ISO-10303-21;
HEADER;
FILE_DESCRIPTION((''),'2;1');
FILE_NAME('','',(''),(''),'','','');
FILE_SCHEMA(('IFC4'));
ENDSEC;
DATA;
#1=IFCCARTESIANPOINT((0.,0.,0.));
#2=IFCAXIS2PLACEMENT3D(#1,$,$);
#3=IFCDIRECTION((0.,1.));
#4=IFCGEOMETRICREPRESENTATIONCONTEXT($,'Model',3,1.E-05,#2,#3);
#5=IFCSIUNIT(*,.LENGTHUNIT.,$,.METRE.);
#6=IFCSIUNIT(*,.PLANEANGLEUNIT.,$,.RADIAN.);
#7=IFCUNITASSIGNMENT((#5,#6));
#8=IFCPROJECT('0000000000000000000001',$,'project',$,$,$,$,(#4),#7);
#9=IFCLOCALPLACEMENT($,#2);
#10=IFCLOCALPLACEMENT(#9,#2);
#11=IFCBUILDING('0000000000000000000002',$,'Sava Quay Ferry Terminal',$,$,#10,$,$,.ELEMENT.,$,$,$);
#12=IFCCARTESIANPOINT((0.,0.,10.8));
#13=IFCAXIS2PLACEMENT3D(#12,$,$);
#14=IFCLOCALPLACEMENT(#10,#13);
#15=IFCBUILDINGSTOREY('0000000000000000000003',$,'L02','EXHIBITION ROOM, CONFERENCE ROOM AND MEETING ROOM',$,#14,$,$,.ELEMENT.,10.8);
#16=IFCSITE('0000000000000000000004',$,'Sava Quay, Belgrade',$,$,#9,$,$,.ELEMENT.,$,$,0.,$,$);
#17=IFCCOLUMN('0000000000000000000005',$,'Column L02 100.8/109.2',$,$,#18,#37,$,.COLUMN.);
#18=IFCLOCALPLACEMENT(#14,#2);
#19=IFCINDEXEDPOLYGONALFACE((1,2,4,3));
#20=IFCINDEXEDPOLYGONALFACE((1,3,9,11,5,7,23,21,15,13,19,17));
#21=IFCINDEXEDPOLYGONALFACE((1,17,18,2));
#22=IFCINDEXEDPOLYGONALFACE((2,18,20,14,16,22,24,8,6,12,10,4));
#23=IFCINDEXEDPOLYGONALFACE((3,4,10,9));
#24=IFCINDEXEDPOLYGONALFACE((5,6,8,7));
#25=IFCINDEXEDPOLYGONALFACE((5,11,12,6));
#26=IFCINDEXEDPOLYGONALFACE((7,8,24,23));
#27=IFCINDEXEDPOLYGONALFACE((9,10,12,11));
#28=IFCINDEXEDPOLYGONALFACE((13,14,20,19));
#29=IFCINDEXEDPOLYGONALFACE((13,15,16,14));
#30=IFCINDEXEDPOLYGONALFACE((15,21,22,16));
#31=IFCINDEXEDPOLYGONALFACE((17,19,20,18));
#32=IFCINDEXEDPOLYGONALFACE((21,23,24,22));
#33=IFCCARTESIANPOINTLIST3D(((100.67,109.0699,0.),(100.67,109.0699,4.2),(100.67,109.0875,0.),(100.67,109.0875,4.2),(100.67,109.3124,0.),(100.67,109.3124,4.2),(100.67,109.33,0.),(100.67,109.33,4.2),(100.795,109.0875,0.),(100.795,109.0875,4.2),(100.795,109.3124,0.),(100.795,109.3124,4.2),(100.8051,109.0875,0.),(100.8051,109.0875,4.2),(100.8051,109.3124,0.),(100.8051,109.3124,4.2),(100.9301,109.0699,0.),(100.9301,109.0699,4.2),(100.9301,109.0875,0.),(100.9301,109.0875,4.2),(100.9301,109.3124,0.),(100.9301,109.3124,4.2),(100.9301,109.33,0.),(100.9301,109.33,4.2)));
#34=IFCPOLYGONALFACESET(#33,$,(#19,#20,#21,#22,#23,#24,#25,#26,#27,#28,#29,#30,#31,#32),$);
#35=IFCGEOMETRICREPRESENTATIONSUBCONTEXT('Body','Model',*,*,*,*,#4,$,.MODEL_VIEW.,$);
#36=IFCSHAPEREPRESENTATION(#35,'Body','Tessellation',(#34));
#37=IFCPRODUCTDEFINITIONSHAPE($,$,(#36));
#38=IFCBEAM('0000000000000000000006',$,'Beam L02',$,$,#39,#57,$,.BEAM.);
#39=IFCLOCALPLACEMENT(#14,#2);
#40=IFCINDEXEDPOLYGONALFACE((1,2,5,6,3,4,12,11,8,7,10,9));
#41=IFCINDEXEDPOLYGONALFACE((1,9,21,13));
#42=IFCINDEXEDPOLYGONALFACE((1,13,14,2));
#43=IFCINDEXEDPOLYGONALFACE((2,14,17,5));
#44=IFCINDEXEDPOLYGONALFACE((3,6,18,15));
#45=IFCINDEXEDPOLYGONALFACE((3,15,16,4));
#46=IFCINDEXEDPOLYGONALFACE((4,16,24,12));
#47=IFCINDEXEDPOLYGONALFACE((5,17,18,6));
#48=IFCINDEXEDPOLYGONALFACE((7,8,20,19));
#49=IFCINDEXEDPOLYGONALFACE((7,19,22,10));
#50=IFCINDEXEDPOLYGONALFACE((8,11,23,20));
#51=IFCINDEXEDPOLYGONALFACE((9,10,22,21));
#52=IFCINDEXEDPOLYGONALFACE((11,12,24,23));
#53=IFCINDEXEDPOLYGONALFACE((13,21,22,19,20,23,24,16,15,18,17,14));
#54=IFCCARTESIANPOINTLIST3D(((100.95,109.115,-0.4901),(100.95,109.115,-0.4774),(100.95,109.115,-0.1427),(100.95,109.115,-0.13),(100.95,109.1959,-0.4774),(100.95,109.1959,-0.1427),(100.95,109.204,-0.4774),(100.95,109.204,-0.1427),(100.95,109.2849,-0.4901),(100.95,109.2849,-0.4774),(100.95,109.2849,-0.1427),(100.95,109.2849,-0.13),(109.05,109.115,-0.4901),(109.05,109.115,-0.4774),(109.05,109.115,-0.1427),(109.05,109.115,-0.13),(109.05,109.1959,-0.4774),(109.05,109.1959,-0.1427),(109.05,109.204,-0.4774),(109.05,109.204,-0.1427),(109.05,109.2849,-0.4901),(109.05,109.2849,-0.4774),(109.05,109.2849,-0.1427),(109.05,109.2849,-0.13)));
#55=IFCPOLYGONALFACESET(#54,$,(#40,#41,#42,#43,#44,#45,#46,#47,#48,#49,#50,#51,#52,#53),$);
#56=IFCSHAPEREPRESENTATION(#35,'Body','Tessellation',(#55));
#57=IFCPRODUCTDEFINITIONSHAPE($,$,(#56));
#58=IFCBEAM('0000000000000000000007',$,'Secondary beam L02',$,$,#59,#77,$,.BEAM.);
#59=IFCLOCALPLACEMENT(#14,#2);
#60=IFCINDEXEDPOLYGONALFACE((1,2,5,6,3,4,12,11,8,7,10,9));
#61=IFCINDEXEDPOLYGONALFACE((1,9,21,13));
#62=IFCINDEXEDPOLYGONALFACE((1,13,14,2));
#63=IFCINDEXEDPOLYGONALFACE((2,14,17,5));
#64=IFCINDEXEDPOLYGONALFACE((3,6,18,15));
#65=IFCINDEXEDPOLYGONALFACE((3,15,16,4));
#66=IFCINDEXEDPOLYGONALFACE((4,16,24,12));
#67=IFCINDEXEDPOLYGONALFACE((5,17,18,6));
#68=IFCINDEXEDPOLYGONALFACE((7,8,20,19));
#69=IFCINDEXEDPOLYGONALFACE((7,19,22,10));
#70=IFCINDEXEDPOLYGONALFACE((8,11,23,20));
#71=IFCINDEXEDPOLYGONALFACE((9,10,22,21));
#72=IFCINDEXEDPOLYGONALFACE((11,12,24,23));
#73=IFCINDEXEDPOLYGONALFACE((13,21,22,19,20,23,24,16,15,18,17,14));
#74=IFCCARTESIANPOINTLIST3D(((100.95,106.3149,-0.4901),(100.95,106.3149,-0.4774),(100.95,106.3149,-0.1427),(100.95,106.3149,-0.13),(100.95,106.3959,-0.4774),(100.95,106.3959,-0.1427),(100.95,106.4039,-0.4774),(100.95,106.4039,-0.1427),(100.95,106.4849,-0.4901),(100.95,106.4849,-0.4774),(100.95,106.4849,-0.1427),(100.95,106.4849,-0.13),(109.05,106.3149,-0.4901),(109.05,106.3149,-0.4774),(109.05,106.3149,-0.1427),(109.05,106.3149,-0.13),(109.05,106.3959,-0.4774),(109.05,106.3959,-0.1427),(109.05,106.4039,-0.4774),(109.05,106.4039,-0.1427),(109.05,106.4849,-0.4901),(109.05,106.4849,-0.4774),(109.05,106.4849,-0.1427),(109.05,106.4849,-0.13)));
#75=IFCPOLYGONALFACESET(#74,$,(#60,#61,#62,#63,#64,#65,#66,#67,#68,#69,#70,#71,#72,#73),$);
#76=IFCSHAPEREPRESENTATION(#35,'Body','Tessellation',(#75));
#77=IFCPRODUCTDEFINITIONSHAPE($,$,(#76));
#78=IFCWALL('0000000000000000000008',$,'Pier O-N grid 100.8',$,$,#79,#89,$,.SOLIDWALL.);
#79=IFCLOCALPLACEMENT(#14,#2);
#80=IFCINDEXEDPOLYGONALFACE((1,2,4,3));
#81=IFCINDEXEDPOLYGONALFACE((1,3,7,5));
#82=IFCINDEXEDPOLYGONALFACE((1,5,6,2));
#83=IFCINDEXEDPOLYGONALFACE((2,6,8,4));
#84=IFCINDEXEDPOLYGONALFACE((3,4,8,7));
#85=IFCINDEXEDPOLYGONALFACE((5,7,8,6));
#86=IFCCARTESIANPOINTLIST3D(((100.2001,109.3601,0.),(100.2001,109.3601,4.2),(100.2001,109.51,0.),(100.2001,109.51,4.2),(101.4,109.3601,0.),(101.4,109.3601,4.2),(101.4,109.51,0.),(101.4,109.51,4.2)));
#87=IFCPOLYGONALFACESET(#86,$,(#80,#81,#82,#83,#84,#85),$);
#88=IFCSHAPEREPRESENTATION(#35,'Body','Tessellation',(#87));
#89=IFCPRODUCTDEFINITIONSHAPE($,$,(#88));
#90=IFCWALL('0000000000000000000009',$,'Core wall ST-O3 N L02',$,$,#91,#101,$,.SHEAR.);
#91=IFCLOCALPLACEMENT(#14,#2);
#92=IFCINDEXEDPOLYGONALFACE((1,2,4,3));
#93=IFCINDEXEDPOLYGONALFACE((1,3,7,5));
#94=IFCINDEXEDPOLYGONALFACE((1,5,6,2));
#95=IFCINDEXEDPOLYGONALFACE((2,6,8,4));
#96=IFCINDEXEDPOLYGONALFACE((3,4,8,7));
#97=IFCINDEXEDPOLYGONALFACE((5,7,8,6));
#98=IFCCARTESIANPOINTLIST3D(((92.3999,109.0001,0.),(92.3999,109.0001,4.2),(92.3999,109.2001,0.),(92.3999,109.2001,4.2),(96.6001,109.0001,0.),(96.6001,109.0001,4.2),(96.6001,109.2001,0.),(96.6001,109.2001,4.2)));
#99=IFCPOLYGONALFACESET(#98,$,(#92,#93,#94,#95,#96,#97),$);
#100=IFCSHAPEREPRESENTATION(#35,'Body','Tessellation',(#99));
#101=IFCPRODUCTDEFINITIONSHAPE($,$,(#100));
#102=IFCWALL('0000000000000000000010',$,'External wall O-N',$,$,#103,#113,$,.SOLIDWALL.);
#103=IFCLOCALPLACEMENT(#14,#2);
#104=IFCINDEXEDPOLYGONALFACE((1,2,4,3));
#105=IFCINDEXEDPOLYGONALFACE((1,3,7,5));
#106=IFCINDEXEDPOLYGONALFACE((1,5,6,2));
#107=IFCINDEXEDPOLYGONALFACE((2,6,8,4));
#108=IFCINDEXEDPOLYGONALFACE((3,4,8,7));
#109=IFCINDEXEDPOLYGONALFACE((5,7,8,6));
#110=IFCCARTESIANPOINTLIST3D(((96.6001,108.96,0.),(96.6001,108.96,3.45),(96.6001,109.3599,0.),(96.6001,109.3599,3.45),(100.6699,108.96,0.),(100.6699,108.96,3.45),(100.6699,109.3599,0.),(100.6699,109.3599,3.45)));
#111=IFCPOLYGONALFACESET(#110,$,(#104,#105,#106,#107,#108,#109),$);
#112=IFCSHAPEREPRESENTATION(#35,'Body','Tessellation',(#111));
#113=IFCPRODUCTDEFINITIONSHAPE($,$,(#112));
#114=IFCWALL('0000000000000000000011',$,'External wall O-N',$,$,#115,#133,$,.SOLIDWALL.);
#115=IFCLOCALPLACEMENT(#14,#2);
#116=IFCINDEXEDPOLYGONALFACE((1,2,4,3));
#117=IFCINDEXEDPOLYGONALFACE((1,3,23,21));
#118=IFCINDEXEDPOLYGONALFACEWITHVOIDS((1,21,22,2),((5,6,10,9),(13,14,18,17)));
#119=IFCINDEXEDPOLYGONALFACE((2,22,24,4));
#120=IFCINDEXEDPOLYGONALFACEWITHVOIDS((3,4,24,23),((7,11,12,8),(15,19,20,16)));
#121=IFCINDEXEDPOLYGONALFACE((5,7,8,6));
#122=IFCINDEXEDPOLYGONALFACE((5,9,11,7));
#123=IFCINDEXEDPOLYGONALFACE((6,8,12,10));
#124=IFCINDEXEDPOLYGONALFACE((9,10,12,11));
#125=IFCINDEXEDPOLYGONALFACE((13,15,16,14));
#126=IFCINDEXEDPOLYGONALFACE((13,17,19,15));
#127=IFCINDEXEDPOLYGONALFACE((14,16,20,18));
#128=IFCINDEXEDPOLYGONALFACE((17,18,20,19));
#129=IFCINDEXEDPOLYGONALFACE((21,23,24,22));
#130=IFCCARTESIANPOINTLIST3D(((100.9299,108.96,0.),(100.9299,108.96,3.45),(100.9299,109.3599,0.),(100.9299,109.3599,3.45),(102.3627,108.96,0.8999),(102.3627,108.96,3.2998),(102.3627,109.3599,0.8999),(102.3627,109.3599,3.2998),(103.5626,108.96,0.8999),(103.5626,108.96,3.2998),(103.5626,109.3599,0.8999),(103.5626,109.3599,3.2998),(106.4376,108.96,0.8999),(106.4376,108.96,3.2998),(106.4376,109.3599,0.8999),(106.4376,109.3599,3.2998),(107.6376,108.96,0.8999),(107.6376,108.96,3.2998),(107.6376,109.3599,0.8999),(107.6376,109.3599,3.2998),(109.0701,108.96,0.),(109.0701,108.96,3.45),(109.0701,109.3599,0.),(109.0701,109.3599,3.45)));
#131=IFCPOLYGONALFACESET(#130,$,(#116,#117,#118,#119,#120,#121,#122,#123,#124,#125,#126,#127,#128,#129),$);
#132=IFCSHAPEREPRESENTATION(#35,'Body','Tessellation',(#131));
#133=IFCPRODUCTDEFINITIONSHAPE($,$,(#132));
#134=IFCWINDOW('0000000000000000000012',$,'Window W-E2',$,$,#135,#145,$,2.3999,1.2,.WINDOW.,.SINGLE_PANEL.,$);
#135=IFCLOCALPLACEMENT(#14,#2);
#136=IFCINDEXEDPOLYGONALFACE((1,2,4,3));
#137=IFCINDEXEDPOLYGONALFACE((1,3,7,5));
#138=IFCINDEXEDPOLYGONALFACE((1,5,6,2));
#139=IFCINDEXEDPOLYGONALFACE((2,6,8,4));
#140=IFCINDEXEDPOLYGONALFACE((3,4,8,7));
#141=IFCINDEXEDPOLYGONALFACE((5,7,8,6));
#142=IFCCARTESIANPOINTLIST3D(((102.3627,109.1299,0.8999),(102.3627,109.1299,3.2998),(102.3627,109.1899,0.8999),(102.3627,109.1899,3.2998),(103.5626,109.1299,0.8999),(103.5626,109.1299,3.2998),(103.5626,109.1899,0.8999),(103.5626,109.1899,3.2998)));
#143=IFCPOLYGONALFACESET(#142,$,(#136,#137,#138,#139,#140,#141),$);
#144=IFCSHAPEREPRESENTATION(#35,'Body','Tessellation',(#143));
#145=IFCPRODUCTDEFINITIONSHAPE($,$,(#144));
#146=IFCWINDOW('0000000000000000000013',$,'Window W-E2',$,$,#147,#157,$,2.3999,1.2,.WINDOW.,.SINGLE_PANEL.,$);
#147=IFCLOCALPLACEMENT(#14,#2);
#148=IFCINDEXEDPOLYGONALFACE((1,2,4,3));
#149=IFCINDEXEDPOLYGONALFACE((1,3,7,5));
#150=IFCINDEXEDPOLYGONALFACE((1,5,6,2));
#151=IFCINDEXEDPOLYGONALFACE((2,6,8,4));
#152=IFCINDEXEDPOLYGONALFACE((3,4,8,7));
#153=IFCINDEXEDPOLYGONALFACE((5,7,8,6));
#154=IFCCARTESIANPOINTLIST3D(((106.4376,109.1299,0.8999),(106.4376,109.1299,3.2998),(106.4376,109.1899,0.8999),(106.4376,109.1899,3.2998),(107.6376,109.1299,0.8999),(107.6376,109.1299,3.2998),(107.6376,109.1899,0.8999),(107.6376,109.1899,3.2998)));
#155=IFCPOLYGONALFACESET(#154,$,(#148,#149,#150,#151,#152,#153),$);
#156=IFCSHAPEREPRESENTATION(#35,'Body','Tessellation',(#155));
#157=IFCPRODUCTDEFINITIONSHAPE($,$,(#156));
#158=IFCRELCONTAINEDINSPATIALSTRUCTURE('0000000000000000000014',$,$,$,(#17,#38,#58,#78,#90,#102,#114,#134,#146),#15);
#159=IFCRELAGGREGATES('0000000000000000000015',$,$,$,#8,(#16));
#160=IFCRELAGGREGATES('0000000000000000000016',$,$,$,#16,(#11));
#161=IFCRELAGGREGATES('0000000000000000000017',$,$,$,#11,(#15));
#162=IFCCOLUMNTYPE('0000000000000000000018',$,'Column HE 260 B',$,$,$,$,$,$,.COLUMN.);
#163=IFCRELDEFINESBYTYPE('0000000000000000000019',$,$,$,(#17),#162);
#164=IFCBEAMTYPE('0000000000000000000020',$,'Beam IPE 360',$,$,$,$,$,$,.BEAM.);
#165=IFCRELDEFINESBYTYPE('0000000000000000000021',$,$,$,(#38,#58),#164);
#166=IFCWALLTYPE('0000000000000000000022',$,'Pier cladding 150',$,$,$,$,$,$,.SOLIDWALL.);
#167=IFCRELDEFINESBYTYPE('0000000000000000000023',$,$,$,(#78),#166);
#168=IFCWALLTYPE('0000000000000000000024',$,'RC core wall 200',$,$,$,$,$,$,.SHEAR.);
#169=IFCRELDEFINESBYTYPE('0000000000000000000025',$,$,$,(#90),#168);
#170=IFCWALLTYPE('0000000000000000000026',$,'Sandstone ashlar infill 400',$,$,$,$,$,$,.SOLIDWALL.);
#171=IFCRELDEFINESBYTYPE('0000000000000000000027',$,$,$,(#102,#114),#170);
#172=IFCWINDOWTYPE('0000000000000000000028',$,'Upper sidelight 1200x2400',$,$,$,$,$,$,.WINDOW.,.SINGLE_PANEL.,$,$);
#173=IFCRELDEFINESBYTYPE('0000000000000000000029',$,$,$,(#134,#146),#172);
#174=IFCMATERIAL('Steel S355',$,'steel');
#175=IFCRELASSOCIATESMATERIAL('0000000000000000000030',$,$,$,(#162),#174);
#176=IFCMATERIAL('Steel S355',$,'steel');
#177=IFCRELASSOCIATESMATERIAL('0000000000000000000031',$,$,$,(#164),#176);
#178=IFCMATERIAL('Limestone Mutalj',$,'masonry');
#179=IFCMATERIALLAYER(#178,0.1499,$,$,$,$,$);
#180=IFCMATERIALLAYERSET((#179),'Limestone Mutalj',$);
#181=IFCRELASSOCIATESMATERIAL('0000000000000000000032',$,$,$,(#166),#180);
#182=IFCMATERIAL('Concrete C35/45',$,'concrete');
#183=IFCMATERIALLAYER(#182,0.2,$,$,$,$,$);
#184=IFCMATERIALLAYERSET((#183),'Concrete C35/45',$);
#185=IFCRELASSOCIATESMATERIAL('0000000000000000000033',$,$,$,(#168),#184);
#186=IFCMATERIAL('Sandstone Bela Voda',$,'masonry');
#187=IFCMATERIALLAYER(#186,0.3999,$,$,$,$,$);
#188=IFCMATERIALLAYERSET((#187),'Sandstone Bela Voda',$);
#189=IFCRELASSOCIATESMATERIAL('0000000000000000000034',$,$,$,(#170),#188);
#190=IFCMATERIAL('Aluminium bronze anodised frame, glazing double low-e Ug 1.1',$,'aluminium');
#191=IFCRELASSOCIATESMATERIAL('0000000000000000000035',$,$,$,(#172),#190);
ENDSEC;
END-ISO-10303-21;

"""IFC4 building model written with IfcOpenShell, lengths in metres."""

from ifc_helpers import new_model, si_unit, direction, frame, frame_2d, origin, origin_2d, place, context, subcontext, project, spatial, rectangle, i_section, extrude, material, layer, layer_set, material_profile, profile_set, type_object, element, fill, save


model = new_model("IFC4")

# Units and contexts
model_context = context("Model", 3, precision=1e-05, world=origin(), true_north=direction((0.0, 1.0)))
body_context = subcontext(model_context, "Body", "Model", "MODEL_VIEW")
ifc_project = project(units=[si_unit("LENGTHUNIT", "METRE"), si_unit("PLANEANGLEUNIT", "RADIAN")], contexts=[model_context])

# Site, building, storey
site_placement = place(None, origin())
site = spatial("IfcSite", under=ifc_project, at=site_placement, Name="Sava Quay, Belgrade", CompositionType="ELEMENT", RefElevation=0.0)
building_placement = place(site_placement, origin())
building = spatial("IfcBuilding", under=site, at=building_placement, Name="Sava Quay Ferry Terminal", CompositionType="ELEMENT")
storey_placement = place(building_placement, frame((0.0, 0.0, 10.8)))
storey = spatial("IfcBuildingStorey", under=building, at=storey_placement, Name="L02", Description="EXHIBITION ROOM, CONFERENCE ROOM AND MEETING ROOM", CompositionType="ELEMENT", Elevation=10.8)

# Column
ifc_material_1 = material(Name="Steel S355", Category="steel")
ifc_material_profile_1 = material_profile(ifc_material_1, i_section(OverallWidth=0.26, OverallDepth=0.26, WebThickness=0.01, FlangeThickness=0.0176, at=origin_2d()), Name="HE 260 B")
ifc_profile_set_1 = profile_set([ifc_material_profile_1], Name="Steel S355")
column_type = type_object("IfcColumnType", Name="Column HE 260 B", PredefinedType="COLUMN", material=ifc_profile_set_1)
column_placement = place(storey_placement, frame((100.8, 109.2, 0.0), z_axis=(0.0, 0.0, 1.0), x_axis=(1.0, 0.0, 0.0)))
element("IfcColumn", 1, at=column_placement, inside=storey, type_object=column_type, Name="Column L02 100.8/109.2", PredefinedType="COLUMN", context=body_context, shape_type="SweptSolid", body=[
    extrude(i_section(OverallWidth=0.26, OverallDepth=0.26, WebThickness=0.01, FlangeThickness=0.0176, at=origin_2d()), origin(), (0.0, 0.0, 1.0), 4.2),
])

# Beams
ifc_material_2 = material(Name="Steel S355", Category="steel")
ifc_material_profile_2 = material_profile(ifc_material_2, i_section(OverallWidth=0.1699, OverallDepth=0.3601, WebThickness=0.0081, FlangeThickness=0.0127, at=origin_2d()), Name="IPE 360")
ifc_profile_set_2 = profile_set([ifc_material_profile_2], Name="Steel S355")
beam_type = type_object("IfcBeamType", Name="Beam IPE 360", PredefinedType="BEAM", material=ifc_profile_set_2)
for number, where, z_axis, x_axis, name in (
    (2, (100.95, 109.2, -0.3101), (1.0, 0.0, 0.0), (0.0, 1.0, 0.0), "Beam L02"),
    (3, (100.95, 106.3999, -0.3101), (1.0, 0.0, 0.0), (0.0, 1.0, 0.0), "Secondary beam L02"),
):
    element("IfcBeam", number, at=place(storey_placement, frame(where, z_axis=z_axis, x_axis=x_axis)), inside=storey, type_object=beam_type, Name=name, PredefinedType="BEAM", context=body_context, shape_type="SweptSolid", body=[
        extrude(i_section(OverallWidth=0.1699, OverallDepth=0.3601, WebThickness=0.0081, FlangeThickness=0.0127, at=origin_2d()), origin(), (0.0, 0.0, 1.0), 8.1001),
    ])

# Walls
ifc_material_3 = material(Name="Limestone Mutalj", Category="masonry")
ifc_layer_1 = layer(ifc_material_3, 0.1499)
ifc_layer_set_1 = layer_set([ifc_layer_1], Name="Limestone Mutalj")
wall_type_1 = type_object("IfcWallType", Name="Pier cladding 150", PredefinedType="SOLIDWALL", material=ifc_layer_set_1)
wall_1_placement = place(storey_placement, frame((100.2, 109.4351, 0.0), z_axis=(0.0, 0.0, 1.0), x_axis=(1.0, 0.0, 0.0)))
element("IfcWall", 4, at=wall_1_placement, inside=storey, type_object=wall_type_1, Name="Pier O-N grid 100.8", PredefinedType="SOLIDWALL", context=body_context, shape_type="SweptSolid", body=[
    extrude(rectangle(XDim=1.2, YDim=0.1499, at=frame_2d((0.6001, 0.0))), origin(), (0.0, 0.0, 1.0), 4.2),
])
ifc_material_4 = material(Name="Concrete C35/45", Category="concrete")
ifc_layer_2 = layer(ifc_material_4, 0.2)
ifc_layer_set_2 = layer_set([ifc_layer_2], Name="Concrete C35/45")
wall_type_2 = type_object("IfcWallType", Name="RC core wall 200", PredefinedType="SHEAR", material=ifc_layer_set_2)
wall_2_placement = place(storey_placement, frame((92.3999, 109.1001, 0.0), z_axis=(0.0, 0.0, 1.0), x_axis=(1.0, 0.0, 0.0)))
element("IfcWall", 5, at=wall_2_placement, inside=storey, type_object=wall_type_2, Name="Core wall ST-O3 N L02", PredefinedType="SHEAR", context=body_context, shape_type="SweptSolid", body=[
    extrude(rectangle(XDim=4.2002, YDim=0.2, at=frame_2d((2.1001, 0.0))), origin(), (0.0, 0.0, 1.0), 4.2),
])
ifc_material_5 = material(Name="Sandstone Bela Voda", Category="masonry")
ifc_layer_3 = layer(ifc_material_5, 0.3999)
ifc_layer_set_3 = layer_set([ifc_layer_3], Name="Sandstone Bela Voda")
wall_type_3 = type_object("IfcWallType", Name="Sandstone ashlar infill 400", PredefinedType="SOLIDWALL", material=ifc_layer_set_3)
wall_3_placement = place(storey_placement, frame((96.6001, 109.1599, 0.0), z_axis=(0.0, 0.0, 1.0), x_axis=(1.0, 0.0, 0.0)))
element("IfcWall", 6, at=wall_3_placement, inside=storey, type_object=wall_type_3, Name="External wall O-N", PredefinedType="SOLIDWALL", context=body_context, shape_type="SweptSolid", body=[
    extrude(rectangle(XDim=4.0698, YDim=0.3999, at=frame_2d((2.0349, 0.0))), origin(), (0.0, 0.0, 1.0), 3.45),
])

# Wall, openings, windows
wall_4_placement = place(storey_placement, frame((100.9299, 109.1599, 0.0), z_axis=(0.0, 0.0, 1.0), x_axis=(1.0, 0.0, 0.0)))
wall_4 = element("IfcWall", 7, at=wall_4_placement, inside=storey, type_object=wall_type_3, Name="External wall O-N", PredefinedType="SOLIDWALL", context=body_context, shape_type="SweptSolid", body=[
    extrude(rectangle(XDim=8.1401, YDim=0.3999, at=frame_2d((4.0701, 0.0))), origin(), (0.0, 0.0, 1.0), 3.45),
])
opening_1_placement = place(wall_4_placement, frame((1.4326, 0.0, 0.8999)))
opening_1 = element("IfcOpeningElement", 8, at=opening_1_placement, cuts=wall_4, PredefinedType="OPENING", context=body_context, shape_type="SweptSolid", body=[
    extrude(rectangle(XDim=1.2, YDim=2.3999, at=frame_2d((0.6001, 1.2))), frame((0.0, 0.2, 0.0), z_axis=(0.0, -1.0, 0.0), x_axis=(1.0, 0.0, 0.0)), (0.0, 0.0, 1.0), 0.3999),
])
opening_2_placement = place(wall_4_placement, frame((5.5076, 0.0, 0.8999)))
opening_2 = element("IfcOpeningElement", 9, at=opening_2_placement, cuts=wall_4, PredefinedType="OPENING", context=body_context, shape_type="SweptSolid", body=[
    extrude(rectangle(XDim=1.2, YDim=2.3999, at=frame_2d((0.6001, 1.2))), frame((0.0, 0.2, 0.0), z_axis=(0.0, -1.0, 0.0), x_axis=(1.0, 0.0, 0.0)), (0.0, 0.0, 1.0), 0.3999),
])
ifc_material_6 = material(Name="Aluminium bronze anodised frame, glazing double low-e Ug 1.1", Category="aluminium")
window_type = type_object("IfcWindowType", Name="Upper sidelight 1200x2400", PartitioningType="SINGLE_PANEL", PredefinedType="WINDOW", material=ifc_material_6)
window_1_placement = place(opening_1_placement, origin())
window_1 = element("IfcWindow", 10, at=window_1_placement, inside=storey, type_object=window_type, Name="Window W-E2", OverallHeight=2.3999, OverallWidth=1.2, PartitioningType="SINGLE_PANEL", PredefinedType="WINDOW", context=body_context, shape_type="SweptSolid", body=[
    extrude(rectangle(XDim=1.2, YDim=2.3999, at=frame_2d((0.6001, 1.2))), frame((0.0, 0.03, 0.0), z_axis=(0.0, -1.0, 0.0), x_axis=(1.0, 0.0, 0.0)), (0.0, 0.0, 1.0), 0.0601),
])
fill(opening_1, window_1)
window_2_placement = place(opening_2_placement, origin())
window_2 = element("IfcWindow", 11, at=window_2_placement, inside=storey, type_object=window_type, Name="Window W-E2", OverallHeight=2.3999, OverallWidth=1.2, PartitioningType="SINGLE_PANEL", PredefinedType="WINDOW", context=body_context, shape_type="SweptSolid", body=[
    extrude(rectangle(XDim=1.2, YDim=2.3999, at=frame_2d((0.6001, 1.2))), frame((0.0, 0.03, 0.0), z_axis=(0.0, -1.0, 0.0), x_axis=(1.0, 0.0, 0.0)), (0.0, 0.0, 1.0), 0.0601),
])
fill(opening_2, window_2)

save(model, "model.ifc")
